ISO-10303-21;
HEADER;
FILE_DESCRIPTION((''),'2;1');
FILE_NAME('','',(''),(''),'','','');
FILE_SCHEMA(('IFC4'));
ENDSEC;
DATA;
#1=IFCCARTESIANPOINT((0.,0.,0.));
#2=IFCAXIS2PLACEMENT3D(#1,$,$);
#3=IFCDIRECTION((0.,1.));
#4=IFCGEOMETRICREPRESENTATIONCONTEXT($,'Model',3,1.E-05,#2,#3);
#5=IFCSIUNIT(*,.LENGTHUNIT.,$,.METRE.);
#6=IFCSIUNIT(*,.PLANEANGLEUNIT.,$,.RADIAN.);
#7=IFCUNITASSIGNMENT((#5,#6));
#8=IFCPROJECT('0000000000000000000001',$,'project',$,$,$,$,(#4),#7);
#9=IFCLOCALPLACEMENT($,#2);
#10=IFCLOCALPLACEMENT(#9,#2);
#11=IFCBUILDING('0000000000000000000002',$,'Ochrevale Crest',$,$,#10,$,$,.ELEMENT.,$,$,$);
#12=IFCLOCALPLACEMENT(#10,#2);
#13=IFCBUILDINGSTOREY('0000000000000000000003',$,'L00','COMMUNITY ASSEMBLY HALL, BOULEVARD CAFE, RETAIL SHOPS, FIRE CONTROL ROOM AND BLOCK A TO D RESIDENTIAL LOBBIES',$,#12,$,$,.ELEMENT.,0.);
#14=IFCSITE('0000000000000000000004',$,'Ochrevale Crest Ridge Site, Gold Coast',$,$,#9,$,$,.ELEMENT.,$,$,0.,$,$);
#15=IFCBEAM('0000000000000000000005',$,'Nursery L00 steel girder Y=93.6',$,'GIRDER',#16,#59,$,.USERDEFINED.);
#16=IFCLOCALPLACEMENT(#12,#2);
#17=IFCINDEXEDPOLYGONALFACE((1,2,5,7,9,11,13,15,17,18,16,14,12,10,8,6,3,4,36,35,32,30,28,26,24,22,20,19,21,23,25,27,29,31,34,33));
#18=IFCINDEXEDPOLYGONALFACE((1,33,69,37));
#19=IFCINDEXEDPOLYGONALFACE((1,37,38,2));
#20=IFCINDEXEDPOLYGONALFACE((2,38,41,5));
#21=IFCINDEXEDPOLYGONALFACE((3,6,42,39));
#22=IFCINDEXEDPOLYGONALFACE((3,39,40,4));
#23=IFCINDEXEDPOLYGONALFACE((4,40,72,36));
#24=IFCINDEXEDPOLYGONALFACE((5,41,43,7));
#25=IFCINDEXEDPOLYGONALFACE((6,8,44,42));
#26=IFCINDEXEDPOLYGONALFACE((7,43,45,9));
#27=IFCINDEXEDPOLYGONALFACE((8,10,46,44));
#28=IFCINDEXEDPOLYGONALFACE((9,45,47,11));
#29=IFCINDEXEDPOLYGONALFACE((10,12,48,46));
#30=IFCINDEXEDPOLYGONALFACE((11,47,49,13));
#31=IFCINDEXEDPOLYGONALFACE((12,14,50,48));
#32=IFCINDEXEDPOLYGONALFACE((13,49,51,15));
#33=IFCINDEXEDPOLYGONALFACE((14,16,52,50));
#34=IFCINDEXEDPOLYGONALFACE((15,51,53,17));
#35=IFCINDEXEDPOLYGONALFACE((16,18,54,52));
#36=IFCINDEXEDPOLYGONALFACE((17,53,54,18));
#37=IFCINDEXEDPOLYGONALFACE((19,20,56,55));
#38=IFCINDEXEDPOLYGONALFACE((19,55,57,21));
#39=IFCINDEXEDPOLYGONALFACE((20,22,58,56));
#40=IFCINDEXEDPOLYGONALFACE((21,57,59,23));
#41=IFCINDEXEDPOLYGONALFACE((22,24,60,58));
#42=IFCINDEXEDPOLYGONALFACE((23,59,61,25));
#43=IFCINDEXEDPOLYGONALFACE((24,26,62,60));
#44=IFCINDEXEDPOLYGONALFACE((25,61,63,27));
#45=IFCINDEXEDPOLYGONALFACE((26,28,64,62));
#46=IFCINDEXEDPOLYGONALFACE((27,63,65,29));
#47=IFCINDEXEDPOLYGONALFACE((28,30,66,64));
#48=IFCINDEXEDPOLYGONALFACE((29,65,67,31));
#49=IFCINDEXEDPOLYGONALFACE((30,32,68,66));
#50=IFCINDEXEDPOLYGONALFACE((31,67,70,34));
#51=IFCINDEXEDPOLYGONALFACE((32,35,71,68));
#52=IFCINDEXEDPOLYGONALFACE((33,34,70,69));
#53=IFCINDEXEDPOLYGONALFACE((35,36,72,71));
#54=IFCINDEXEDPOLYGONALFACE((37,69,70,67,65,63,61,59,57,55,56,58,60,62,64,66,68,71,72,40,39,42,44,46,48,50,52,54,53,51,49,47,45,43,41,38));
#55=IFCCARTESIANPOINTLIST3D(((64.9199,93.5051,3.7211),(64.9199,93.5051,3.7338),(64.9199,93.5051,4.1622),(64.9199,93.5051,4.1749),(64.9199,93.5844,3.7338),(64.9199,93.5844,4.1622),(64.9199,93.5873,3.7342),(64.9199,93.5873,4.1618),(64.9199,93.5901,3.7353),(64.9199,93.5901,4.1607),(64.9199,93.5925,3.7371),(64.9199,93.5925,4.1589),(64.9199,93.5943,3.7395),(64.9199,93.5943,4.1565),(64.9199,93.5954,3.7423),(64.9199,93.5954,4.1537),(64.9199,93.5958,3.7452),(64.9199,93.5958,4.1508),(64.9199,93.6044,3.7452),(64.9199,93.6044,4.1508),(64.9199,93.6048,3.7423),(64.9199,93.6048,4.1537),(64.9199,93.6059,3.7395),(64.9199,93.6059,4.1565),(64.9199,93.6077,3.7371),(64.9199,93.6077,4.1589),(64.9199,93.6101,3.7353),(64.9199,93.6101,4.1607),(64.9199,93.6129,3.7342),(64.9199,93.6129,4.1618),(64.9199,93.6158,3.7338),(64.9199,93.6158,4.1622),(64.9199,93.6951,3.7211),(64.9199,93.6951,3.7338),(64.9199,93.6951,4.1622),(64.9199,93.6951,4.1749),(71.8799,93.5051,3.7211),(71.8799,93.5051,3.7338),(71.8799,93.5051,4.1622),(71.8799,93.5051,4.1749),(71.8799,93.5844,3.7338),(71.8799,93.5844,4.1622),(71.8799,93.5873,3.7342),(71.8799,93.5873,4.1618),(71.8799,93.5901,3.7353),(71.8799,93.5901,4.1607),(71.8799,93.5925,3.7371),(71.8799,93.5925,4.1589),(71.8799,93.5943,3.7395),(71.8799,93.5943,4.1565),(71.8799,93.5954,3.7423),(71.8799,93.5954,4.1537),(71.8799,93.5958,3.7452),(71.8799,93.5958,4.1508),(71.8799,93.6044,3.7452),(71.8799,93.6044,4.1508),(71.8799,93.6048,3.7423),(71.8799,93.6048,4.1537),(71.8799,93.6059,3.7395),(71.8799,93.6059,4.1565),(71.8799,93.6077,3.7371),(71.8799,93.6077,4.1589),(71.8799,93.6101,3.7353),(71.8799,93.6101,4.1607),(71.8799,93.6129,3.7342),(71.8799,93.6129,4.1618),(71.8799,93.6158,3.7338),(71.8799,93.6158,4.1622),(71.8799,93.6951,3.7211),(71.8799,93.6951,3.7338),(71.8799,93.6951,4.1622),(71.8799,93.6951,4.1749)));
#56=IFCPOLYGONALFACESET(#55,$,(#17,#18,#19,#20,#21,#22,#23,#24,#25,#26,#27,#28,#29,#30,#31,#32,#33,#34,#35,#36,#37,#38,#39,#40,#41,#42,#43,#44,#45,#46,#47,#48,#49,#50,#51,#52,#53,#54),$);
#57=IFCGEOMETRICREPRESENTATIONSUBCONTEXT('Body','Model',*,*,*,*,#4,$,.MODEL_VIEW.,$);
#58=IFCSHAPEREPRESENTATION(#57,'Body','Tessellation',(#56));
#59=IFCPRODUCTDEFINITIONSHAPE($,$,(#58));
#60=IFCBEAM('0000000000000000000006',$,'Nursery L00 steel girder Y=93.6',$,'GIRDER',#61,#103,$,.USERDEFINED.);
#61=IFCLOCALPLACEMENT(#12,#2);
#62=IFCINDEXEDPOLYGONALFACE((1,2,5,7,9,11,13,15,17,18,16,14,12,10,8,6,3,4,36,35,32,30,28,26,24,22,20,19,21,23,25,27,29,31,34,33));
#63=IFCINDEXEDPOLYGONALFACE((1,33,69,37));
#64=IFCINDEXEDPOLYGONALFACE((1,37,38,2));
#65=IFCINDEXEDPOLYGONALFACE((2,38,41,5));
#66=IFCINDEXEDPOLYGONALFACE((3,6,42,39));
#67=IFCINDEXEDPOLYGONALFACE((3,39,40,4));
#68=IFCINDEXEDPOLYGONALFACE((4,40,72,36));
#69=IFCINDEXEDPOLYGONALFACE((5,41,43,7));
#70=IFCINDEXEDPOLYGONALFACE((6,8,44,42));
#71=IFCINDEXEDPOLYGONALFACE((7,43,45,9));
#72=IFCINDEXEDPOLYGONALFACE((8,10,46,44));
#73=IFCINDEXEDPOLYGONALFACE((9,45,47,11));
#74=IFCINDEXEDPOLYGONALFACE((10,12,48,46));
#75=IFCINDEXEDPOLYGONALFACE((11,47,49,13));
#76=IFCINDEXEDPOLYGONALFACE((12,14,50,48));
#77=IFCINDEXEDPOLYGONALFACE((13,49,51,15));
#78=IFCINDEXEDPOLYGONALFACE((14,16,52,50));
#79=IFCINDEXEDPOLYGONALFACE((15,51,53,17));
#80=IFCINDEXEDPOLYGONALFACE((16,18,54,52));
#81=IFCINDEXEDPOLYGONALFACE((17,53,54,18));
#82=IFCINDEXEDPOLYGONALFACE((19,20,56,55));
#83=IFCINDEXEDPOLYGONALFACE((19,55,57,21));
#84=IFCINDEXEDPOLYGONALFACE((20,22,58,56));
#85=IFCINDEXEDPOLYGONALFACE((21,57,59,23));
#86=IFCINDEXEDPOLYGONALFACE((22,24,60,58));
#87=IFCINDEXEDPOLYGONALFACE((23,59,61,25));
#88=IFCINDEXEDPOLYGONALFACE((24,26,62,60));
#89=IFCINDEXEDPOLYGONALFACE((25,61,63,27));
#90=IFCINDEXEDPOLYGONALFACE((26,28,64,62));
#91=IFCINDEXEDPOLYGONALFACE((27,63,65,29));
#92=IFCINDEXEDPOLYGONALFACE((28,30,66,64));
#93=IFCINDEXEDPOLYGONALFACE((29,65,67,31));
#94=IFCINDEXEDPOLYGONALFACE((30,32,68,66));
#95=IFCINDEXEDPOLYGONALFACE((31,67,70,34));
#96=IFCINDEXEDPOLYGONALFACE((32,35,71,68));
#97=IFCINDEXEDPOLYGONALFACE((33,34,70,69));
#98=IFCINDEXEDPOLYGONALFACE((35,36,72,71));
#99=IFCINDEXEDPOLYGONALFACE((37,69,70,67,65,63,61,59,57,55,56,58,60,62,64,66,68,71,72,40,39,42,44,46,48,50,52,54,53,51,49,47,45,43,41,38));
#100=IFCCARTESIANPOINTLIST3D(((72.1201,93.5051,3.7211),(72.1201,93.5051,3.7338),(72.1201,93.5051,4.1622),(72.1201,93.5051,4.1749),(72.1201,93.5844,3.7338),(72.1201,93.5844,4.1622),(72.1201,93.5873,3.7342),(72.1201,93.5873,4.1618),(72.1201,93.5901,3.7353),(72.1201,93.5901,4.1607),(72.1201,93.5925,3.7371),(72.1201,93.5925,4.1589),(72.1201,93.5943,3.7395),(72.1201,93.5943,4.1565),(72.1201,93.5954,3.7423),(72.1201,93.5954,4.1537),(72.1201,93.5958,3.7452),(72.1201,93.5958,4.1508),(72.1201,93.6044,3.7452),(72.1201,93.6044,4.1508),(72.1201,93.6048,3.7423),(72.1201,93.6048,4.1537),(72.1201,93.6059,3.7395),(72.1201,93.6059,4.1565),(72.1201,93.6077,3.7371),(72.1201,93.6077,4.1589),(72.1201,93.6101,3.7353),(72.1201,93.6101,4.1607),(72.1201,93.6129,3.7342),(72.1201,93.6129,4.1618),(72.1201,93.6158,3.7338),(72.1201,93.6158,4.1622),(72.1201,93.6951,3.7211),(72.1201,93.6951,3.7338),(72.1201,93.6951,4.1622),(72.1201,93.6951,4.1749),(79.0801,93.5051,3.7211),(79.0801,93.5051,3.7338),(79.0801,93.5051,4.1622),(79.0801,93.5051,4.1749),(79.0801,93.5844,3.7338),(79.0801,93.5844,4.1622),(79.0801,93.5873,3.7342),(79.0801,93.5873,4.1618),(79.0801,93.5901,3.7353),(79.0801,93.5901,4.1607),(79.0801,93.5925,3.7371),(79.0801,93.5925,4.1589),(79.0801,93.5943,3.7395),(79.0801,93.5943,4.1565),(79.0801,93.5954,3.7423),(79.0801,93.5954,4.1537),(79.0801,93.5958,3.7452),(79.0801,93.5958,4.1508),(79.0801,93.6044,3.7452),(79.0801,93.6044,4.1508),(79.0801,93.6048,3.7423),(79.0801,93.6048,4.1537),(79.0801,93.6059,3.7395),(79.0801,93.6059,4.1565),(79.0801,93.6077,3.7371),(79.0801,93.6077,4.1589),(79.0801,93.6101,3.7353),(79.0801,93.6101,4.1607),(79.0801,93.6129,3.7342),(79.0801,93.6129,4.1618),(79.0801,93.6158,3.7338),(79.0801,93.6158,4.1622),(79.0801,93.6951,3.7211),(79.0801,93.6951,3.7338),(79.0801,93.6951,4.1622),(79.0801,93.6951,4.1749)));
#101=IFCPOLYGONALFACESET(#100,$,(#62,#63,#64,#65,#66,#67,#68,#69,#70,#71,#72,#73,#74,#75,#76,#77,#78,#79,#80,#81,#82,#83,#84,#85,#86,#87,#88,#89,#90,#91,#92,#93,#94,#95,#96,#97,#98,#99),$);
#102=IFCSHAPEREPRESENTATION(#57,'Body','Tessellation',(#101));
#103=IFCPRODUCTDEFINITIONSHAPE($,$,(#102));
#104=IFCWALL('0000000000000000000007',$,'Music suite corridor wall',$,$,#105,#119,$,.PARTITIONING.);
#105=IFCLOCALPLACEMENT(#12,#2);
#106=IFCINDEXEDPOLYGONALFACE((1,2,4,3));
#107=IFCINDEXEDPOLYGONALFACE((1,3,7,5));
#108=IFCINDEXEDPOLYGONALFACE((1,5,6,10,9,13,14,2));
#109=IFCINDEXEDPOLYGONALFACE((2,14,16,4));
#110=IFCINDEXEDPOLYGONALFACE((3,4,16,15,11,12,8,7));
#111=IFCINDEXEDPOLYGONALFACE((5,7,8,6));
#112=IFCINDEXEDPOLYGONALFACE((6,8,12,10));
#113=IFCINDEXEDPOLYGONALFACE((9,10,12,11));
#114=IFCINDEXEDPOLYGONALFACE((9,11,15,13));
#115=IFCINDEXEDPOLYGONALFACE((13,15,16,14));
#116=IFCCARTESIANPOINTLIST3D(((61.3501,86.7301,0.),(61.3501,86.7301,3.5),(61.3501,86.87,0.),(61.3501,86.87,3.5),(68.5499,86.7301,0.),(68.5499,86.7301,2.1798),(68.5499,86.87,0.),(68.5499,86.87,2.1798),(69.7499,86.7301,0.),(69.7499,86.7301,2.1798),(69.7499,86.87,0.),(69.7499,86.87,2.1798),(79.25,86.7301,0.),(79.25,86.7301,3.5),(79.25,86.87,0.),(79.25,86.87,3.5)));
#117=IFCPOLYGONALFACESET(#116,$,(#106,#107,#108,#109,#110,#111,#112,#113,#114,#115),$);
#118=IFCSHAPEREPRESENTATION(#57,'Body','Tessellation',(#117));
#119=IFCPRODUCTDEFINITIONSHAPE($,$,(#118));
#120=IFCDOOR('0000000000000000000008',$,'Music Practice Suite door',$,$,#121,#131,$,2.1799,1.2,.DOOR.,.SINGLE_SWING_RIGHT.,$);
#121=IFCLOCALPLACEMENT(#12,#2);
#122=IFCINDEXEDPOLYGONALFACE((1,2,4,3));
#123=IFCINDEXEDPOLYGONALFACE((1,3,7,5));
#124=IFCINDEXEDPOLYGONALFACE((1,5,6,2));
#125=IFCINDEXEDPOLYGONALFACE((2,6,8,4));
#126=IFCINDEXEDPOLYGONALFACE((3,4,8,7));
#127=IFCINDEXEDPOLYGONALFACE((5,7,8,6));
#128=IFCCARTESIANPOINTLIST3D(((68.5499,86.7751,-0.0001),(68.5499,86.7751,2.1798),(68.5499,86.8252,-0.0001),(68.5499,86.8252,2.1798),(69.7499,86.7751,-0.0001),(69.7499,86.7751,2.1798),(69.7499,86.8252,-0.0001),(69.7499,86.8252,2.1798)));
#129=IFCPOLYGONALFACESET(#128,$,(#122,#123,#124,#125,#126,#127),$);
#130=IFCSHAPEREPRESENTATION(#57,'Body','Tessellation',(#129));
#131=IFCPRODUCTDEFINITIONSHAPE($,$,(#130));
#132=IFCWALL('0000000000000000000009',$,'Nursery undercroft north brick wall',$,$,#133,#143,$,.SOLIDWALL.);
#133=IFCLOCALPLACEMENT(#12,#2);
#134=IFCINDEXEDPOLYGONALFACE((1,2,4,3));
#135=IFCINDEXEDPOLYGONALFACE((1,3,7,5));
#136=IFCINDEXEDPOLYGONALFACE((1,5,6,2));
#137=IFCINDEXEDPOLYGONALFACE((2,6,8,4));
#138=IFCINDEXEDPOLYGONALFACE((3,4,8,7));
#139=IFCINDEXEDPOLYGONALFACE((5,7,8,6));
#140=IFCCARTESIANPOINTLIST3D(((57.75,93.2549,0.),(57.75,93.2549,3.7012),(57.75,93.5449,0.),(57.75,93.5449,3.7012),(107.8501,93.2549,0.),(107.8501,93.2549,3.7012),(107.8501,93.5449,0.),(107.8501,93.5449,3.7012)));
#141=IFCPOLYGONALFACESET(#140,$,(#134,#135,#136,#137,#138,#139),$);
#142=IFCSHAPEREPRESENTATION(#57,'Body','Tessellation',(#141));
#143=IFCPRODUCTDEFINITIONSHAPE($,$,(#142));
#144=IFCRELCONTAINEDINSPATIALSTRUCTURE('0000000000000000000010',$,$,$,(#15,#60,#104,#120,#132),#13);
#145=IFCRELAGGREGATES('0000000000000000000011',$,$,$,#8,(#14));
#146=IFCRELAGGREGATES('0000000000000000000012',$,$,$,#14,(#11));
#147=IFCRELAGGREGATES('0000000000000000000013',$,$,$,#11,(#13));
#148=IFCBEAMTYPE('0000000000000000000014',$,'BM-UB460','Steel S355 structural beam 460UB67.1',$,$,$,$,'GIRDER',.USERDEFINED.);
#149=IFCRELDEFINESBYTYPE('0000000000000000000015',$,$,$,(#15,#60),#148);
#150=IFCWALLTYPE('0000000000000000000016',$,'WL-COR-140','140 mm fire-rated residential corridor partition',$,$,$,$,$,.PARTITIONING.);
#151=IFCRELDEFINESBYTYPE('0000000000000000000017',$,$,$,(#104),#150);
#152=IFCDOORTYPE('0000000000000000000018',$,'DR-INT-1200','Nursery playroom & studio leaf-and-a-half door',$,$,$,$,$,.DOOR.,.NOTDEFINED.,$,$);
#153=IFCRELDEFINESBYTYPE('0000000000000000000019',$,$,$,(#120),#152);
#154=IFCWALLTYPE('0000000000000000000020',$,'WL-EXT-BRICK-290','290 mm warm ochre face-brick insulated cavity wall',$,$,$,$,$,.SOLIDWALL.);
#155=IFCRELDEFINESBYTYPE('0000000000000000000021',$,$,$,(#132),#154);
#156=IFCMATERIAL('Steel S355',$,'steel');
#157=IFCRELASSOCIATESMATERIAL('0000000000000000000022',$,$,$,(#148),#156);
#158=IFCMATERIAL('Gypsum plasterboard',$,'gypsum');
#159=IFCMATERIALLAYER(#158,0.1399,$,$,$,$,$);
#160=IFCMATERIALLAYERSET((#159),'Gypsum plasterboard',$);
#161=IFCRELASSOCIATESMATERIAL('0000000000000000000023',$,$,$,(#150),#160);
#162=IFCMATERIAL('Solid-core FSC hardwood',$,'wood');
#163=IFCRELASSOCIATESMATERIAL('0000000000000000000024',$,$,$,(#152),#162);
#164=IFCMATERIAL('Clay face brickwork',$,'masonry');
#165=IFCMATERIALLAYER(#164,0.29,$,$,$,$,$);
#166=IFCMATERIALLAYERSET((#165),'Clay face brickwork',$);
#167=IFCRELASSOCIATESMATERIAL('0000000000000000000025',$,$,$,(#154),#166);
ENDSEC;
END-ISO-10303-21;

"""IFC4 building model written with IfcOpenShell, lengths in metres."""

from ifc_helpers import new_model, si_unit, direction, frame, frame_2d, origin, origin_2d, place, context, subcontext, project, spatial, rectangle, i_section, extrude, material, layer, layer_set, material_profile, profile_set, type_object, element, fill, save


model = new_model("IFC4")

# Units and contexts
model_context = context("Model", 3, precision=1e-05, world=origin(), true_north=direction((0.0, 1.0)))
body_context = subcontext(model_context, "Body", "Model", "MODEL_VIEW")
ifc_project = project(units=[si_unit("LENGTHUNIT", "METRE"), si_unit("PLANEANGLEUNIT", "RADIAN")], contexts=[model_context])

# Site, building, storey
site_placement = place(None, origin())
site = spatial("IfcSite", under=ifc_project, at=site_placement, Name="Ochrevale Crest Ridge Site, Gold Coast", CompositionType="ELEMENT", RefElevation=0.0)
building_placement = place(site_placement, origin())
building = spatial("IfcBuilding", under=site, at=building_placement, Name="Ochrevale Crest", CompositionType="ELEMENT")
storey_placement = place(building_placement, origin())
storey = spatial("IfcBuildingStorey", under=building, at=storey_placement, Name="L00", Description="COMMUNITY ASSEMBLY HALL, BOULEVARD CAFE, RETAIL SHOPS, FIRE CONTROL ROOM AND BLOCK A TO D RESIDENTIAL LOBBIES", CompositionType="ELEMENT", Elevation=0.0)

# Shared definitions
ifc_material_1 = material(Name="Steel S355", Category="steel")

# Beams
ifc_material_profile_1 = material_profile(ifc_material_1, i_section(OverallWidth=0.1899, OverallDepth=0.4539, WebThickness=0.0085, FlangeThickness=0.0127, FilletRadius=0.0115, at=origin_2d()), Name="460UB67.1")
ifc_profile_set_1 = profile_set([ifc_material_profile_1], Name="Steel S355")
beam_type_1 = type_object("IfcBeamType", Name="BM-UB460", Description="Steel S355 structural beam 460UB67.1", ElementType="GIRDER", PredefinedType="USERDEFINED", material=ifc_profile_set_1)
for number, where, z_axis, x_axis, name in (
    (1, (64.9199, 93.6001, 3.948), (1.0, 0.0, 0.0), (0.0, 1.0, 0.0), "Nursery L00 steel girder Y=93.6"),
    (2, (72.1201, 93.6001, 3.948), (1.0, 0.0, 0.0), (0.0, 1.0, 0.0), "Nursery L00 steel girder Y=93.6"),
):
    element("IfcBeam", number, at=place(storey_placement, frame(where, z_axis=z_axis, x_axis=x_axis)), inside=storey, type_object=beam_type_1, Name=name, ObjectType="GIRDER", PredefinedType="USERDEFINED", context=body_context, shape_type="SweptSolid", body=[
        extrude(i_section(OverallWidth=0.1899, OverallDepth=0.4539, WebThickness=0.0085, FlangeThickness=0.0127, FilletRadius=0.0115, at=origin_2d()), origin(), (0.0, 0.0, 1.0), 6.96),
    ])

# Wall, opening, door
ifc_material_2 = material(Name="Gypsum plasterboard", Category="gypsum")
ifc_layer_1 = layer(ifc_material_2, 0.1399)
ifc_layer_set_1 = layer_set([ifc_layer_1], Name="Gypsum plasterboard")
wall_type_1 = type_object("IfcWallType", Name="WL-COR-140", Description="140 mm fire-rated residential corridor partition", PredefinedType="PARTITIONING", material=ifc_layer_set_1)
wall_1_placement = place(storey_placement, frame((61.3501, 86.8, 0.0), z_axis=(0.0, 0.0, 1.0), x_axis=(1.0, 0.0, 0.0)))
wall_1 = element("IfcWall", 3, at=wall_1_placement, inside=storey, type_object=wall_type_1, Name="Music suite corridor wall", PredefinedType="PARTITIONING", context=body_context, shape_type="SweptSolid", body=[
    extrude(rectangle(XDim=17.8999, YDim=0.1399, at=frame_2d((8.95, 0.0))), origin(), (0.0, 0.0, 1.0), 3.5),
])
opening_1_placement = place(wall_1_placement, frame((8.3999, 0.0, 0.0), z_axis=(0.0, 0.0, 1.0), x_axis=(-1.0, 0.0, 0.0)))
opening_1 = element("IfcOpeningElement", 4, at=opening_1_placement, cuts=wall_1, PredefinedType="OPENING", context=body_context, shape_type="SweptSolid", body=[
    extrude(rectangle(XDim=1.2, YDim=2.1799, at=frame_2d((0.6001, 1.0898))), frame((0.0, 0.0801, 0.0), z_axis=(0.0, -1.0, 0.0), x_axis=(1.0, 0.0, 0.0)), (0.0, 0.0, 1.0), 0.1599),
])
ifc_material_3 = material(Name="Solid-core FSC hardwood", Category="wood")
door_type_1 = type_object("IfcDoorType", Name="DR-INT-1200", Description="Nursery playroom & studio leaf-and-a-half door", OperationType="NOTDEFINED", PredefinedType="DOOR", material=ifc_material_3)
door_1_placement = place(opening_1_placement, origin())
door_1 = element("IfcDoor", 5, at=door_1_placement, inside=storey, type_object=door_type_1, Name="Music Practice Suite door", OperationType="SINGLE_SWING_RIGHT", OverallHeight=2.1799, OverallWidth=1.2, PredefinedType="DOOR", context=body_context, shape_type="SweptSolid", body=[
    extrude(rectangle(XDim=1.2, YDim=2.1799, at=frame_2d((0.6001, 1.0898))), frame((0.0, 0.0249, 0.0), z_axis=(0.0, -1.0, 0.0), x_axis=(1.0, 0.0, 0.0)), (0.0, 0.0, 1.0), 0.05),
])
fill(opening_1, door_1)

# Wall
ifc_material_4 = material(Name="Clay face brickwork", Category="masonry")
ifc_layer_2 = layer(ifc_material_4, 0.29)
ifc_layer_set_2 = layer_set([ifc_layer_2], Name="Clay face brickwork")
wall_type_2 = type_object("IfcWallType", Name="WL-EXT-BRICK-290", Description="290 mm warm ochre face-brick insulated cavity wall", PredefinedType="SOLIDWALL", material=ifc_layer_set_2)
wall_2_placement = place(storey_placement, frame((57.75, 93.3999, 0.0), z_axis=(0.0, 0.0, 1.0), x_axis=(1.0, 0.0, 0.0)))
element("IfcWall", 6, at=wall_2_placement, inside=storey, type_object=wall_type_2, Name="Nursery undercroft north brick wall", PredefinedType="SOLIDWALL", context=body_context, shape_type="SweptSolid", body=[
    extrude(rectangle(XDim=50.1001, YDim=0.29, at=frame_2d((25.05, 0.0))), origin(), (0.0, 0.0, 1.0), 3.7012),
])

save(model, "model.ifc")
